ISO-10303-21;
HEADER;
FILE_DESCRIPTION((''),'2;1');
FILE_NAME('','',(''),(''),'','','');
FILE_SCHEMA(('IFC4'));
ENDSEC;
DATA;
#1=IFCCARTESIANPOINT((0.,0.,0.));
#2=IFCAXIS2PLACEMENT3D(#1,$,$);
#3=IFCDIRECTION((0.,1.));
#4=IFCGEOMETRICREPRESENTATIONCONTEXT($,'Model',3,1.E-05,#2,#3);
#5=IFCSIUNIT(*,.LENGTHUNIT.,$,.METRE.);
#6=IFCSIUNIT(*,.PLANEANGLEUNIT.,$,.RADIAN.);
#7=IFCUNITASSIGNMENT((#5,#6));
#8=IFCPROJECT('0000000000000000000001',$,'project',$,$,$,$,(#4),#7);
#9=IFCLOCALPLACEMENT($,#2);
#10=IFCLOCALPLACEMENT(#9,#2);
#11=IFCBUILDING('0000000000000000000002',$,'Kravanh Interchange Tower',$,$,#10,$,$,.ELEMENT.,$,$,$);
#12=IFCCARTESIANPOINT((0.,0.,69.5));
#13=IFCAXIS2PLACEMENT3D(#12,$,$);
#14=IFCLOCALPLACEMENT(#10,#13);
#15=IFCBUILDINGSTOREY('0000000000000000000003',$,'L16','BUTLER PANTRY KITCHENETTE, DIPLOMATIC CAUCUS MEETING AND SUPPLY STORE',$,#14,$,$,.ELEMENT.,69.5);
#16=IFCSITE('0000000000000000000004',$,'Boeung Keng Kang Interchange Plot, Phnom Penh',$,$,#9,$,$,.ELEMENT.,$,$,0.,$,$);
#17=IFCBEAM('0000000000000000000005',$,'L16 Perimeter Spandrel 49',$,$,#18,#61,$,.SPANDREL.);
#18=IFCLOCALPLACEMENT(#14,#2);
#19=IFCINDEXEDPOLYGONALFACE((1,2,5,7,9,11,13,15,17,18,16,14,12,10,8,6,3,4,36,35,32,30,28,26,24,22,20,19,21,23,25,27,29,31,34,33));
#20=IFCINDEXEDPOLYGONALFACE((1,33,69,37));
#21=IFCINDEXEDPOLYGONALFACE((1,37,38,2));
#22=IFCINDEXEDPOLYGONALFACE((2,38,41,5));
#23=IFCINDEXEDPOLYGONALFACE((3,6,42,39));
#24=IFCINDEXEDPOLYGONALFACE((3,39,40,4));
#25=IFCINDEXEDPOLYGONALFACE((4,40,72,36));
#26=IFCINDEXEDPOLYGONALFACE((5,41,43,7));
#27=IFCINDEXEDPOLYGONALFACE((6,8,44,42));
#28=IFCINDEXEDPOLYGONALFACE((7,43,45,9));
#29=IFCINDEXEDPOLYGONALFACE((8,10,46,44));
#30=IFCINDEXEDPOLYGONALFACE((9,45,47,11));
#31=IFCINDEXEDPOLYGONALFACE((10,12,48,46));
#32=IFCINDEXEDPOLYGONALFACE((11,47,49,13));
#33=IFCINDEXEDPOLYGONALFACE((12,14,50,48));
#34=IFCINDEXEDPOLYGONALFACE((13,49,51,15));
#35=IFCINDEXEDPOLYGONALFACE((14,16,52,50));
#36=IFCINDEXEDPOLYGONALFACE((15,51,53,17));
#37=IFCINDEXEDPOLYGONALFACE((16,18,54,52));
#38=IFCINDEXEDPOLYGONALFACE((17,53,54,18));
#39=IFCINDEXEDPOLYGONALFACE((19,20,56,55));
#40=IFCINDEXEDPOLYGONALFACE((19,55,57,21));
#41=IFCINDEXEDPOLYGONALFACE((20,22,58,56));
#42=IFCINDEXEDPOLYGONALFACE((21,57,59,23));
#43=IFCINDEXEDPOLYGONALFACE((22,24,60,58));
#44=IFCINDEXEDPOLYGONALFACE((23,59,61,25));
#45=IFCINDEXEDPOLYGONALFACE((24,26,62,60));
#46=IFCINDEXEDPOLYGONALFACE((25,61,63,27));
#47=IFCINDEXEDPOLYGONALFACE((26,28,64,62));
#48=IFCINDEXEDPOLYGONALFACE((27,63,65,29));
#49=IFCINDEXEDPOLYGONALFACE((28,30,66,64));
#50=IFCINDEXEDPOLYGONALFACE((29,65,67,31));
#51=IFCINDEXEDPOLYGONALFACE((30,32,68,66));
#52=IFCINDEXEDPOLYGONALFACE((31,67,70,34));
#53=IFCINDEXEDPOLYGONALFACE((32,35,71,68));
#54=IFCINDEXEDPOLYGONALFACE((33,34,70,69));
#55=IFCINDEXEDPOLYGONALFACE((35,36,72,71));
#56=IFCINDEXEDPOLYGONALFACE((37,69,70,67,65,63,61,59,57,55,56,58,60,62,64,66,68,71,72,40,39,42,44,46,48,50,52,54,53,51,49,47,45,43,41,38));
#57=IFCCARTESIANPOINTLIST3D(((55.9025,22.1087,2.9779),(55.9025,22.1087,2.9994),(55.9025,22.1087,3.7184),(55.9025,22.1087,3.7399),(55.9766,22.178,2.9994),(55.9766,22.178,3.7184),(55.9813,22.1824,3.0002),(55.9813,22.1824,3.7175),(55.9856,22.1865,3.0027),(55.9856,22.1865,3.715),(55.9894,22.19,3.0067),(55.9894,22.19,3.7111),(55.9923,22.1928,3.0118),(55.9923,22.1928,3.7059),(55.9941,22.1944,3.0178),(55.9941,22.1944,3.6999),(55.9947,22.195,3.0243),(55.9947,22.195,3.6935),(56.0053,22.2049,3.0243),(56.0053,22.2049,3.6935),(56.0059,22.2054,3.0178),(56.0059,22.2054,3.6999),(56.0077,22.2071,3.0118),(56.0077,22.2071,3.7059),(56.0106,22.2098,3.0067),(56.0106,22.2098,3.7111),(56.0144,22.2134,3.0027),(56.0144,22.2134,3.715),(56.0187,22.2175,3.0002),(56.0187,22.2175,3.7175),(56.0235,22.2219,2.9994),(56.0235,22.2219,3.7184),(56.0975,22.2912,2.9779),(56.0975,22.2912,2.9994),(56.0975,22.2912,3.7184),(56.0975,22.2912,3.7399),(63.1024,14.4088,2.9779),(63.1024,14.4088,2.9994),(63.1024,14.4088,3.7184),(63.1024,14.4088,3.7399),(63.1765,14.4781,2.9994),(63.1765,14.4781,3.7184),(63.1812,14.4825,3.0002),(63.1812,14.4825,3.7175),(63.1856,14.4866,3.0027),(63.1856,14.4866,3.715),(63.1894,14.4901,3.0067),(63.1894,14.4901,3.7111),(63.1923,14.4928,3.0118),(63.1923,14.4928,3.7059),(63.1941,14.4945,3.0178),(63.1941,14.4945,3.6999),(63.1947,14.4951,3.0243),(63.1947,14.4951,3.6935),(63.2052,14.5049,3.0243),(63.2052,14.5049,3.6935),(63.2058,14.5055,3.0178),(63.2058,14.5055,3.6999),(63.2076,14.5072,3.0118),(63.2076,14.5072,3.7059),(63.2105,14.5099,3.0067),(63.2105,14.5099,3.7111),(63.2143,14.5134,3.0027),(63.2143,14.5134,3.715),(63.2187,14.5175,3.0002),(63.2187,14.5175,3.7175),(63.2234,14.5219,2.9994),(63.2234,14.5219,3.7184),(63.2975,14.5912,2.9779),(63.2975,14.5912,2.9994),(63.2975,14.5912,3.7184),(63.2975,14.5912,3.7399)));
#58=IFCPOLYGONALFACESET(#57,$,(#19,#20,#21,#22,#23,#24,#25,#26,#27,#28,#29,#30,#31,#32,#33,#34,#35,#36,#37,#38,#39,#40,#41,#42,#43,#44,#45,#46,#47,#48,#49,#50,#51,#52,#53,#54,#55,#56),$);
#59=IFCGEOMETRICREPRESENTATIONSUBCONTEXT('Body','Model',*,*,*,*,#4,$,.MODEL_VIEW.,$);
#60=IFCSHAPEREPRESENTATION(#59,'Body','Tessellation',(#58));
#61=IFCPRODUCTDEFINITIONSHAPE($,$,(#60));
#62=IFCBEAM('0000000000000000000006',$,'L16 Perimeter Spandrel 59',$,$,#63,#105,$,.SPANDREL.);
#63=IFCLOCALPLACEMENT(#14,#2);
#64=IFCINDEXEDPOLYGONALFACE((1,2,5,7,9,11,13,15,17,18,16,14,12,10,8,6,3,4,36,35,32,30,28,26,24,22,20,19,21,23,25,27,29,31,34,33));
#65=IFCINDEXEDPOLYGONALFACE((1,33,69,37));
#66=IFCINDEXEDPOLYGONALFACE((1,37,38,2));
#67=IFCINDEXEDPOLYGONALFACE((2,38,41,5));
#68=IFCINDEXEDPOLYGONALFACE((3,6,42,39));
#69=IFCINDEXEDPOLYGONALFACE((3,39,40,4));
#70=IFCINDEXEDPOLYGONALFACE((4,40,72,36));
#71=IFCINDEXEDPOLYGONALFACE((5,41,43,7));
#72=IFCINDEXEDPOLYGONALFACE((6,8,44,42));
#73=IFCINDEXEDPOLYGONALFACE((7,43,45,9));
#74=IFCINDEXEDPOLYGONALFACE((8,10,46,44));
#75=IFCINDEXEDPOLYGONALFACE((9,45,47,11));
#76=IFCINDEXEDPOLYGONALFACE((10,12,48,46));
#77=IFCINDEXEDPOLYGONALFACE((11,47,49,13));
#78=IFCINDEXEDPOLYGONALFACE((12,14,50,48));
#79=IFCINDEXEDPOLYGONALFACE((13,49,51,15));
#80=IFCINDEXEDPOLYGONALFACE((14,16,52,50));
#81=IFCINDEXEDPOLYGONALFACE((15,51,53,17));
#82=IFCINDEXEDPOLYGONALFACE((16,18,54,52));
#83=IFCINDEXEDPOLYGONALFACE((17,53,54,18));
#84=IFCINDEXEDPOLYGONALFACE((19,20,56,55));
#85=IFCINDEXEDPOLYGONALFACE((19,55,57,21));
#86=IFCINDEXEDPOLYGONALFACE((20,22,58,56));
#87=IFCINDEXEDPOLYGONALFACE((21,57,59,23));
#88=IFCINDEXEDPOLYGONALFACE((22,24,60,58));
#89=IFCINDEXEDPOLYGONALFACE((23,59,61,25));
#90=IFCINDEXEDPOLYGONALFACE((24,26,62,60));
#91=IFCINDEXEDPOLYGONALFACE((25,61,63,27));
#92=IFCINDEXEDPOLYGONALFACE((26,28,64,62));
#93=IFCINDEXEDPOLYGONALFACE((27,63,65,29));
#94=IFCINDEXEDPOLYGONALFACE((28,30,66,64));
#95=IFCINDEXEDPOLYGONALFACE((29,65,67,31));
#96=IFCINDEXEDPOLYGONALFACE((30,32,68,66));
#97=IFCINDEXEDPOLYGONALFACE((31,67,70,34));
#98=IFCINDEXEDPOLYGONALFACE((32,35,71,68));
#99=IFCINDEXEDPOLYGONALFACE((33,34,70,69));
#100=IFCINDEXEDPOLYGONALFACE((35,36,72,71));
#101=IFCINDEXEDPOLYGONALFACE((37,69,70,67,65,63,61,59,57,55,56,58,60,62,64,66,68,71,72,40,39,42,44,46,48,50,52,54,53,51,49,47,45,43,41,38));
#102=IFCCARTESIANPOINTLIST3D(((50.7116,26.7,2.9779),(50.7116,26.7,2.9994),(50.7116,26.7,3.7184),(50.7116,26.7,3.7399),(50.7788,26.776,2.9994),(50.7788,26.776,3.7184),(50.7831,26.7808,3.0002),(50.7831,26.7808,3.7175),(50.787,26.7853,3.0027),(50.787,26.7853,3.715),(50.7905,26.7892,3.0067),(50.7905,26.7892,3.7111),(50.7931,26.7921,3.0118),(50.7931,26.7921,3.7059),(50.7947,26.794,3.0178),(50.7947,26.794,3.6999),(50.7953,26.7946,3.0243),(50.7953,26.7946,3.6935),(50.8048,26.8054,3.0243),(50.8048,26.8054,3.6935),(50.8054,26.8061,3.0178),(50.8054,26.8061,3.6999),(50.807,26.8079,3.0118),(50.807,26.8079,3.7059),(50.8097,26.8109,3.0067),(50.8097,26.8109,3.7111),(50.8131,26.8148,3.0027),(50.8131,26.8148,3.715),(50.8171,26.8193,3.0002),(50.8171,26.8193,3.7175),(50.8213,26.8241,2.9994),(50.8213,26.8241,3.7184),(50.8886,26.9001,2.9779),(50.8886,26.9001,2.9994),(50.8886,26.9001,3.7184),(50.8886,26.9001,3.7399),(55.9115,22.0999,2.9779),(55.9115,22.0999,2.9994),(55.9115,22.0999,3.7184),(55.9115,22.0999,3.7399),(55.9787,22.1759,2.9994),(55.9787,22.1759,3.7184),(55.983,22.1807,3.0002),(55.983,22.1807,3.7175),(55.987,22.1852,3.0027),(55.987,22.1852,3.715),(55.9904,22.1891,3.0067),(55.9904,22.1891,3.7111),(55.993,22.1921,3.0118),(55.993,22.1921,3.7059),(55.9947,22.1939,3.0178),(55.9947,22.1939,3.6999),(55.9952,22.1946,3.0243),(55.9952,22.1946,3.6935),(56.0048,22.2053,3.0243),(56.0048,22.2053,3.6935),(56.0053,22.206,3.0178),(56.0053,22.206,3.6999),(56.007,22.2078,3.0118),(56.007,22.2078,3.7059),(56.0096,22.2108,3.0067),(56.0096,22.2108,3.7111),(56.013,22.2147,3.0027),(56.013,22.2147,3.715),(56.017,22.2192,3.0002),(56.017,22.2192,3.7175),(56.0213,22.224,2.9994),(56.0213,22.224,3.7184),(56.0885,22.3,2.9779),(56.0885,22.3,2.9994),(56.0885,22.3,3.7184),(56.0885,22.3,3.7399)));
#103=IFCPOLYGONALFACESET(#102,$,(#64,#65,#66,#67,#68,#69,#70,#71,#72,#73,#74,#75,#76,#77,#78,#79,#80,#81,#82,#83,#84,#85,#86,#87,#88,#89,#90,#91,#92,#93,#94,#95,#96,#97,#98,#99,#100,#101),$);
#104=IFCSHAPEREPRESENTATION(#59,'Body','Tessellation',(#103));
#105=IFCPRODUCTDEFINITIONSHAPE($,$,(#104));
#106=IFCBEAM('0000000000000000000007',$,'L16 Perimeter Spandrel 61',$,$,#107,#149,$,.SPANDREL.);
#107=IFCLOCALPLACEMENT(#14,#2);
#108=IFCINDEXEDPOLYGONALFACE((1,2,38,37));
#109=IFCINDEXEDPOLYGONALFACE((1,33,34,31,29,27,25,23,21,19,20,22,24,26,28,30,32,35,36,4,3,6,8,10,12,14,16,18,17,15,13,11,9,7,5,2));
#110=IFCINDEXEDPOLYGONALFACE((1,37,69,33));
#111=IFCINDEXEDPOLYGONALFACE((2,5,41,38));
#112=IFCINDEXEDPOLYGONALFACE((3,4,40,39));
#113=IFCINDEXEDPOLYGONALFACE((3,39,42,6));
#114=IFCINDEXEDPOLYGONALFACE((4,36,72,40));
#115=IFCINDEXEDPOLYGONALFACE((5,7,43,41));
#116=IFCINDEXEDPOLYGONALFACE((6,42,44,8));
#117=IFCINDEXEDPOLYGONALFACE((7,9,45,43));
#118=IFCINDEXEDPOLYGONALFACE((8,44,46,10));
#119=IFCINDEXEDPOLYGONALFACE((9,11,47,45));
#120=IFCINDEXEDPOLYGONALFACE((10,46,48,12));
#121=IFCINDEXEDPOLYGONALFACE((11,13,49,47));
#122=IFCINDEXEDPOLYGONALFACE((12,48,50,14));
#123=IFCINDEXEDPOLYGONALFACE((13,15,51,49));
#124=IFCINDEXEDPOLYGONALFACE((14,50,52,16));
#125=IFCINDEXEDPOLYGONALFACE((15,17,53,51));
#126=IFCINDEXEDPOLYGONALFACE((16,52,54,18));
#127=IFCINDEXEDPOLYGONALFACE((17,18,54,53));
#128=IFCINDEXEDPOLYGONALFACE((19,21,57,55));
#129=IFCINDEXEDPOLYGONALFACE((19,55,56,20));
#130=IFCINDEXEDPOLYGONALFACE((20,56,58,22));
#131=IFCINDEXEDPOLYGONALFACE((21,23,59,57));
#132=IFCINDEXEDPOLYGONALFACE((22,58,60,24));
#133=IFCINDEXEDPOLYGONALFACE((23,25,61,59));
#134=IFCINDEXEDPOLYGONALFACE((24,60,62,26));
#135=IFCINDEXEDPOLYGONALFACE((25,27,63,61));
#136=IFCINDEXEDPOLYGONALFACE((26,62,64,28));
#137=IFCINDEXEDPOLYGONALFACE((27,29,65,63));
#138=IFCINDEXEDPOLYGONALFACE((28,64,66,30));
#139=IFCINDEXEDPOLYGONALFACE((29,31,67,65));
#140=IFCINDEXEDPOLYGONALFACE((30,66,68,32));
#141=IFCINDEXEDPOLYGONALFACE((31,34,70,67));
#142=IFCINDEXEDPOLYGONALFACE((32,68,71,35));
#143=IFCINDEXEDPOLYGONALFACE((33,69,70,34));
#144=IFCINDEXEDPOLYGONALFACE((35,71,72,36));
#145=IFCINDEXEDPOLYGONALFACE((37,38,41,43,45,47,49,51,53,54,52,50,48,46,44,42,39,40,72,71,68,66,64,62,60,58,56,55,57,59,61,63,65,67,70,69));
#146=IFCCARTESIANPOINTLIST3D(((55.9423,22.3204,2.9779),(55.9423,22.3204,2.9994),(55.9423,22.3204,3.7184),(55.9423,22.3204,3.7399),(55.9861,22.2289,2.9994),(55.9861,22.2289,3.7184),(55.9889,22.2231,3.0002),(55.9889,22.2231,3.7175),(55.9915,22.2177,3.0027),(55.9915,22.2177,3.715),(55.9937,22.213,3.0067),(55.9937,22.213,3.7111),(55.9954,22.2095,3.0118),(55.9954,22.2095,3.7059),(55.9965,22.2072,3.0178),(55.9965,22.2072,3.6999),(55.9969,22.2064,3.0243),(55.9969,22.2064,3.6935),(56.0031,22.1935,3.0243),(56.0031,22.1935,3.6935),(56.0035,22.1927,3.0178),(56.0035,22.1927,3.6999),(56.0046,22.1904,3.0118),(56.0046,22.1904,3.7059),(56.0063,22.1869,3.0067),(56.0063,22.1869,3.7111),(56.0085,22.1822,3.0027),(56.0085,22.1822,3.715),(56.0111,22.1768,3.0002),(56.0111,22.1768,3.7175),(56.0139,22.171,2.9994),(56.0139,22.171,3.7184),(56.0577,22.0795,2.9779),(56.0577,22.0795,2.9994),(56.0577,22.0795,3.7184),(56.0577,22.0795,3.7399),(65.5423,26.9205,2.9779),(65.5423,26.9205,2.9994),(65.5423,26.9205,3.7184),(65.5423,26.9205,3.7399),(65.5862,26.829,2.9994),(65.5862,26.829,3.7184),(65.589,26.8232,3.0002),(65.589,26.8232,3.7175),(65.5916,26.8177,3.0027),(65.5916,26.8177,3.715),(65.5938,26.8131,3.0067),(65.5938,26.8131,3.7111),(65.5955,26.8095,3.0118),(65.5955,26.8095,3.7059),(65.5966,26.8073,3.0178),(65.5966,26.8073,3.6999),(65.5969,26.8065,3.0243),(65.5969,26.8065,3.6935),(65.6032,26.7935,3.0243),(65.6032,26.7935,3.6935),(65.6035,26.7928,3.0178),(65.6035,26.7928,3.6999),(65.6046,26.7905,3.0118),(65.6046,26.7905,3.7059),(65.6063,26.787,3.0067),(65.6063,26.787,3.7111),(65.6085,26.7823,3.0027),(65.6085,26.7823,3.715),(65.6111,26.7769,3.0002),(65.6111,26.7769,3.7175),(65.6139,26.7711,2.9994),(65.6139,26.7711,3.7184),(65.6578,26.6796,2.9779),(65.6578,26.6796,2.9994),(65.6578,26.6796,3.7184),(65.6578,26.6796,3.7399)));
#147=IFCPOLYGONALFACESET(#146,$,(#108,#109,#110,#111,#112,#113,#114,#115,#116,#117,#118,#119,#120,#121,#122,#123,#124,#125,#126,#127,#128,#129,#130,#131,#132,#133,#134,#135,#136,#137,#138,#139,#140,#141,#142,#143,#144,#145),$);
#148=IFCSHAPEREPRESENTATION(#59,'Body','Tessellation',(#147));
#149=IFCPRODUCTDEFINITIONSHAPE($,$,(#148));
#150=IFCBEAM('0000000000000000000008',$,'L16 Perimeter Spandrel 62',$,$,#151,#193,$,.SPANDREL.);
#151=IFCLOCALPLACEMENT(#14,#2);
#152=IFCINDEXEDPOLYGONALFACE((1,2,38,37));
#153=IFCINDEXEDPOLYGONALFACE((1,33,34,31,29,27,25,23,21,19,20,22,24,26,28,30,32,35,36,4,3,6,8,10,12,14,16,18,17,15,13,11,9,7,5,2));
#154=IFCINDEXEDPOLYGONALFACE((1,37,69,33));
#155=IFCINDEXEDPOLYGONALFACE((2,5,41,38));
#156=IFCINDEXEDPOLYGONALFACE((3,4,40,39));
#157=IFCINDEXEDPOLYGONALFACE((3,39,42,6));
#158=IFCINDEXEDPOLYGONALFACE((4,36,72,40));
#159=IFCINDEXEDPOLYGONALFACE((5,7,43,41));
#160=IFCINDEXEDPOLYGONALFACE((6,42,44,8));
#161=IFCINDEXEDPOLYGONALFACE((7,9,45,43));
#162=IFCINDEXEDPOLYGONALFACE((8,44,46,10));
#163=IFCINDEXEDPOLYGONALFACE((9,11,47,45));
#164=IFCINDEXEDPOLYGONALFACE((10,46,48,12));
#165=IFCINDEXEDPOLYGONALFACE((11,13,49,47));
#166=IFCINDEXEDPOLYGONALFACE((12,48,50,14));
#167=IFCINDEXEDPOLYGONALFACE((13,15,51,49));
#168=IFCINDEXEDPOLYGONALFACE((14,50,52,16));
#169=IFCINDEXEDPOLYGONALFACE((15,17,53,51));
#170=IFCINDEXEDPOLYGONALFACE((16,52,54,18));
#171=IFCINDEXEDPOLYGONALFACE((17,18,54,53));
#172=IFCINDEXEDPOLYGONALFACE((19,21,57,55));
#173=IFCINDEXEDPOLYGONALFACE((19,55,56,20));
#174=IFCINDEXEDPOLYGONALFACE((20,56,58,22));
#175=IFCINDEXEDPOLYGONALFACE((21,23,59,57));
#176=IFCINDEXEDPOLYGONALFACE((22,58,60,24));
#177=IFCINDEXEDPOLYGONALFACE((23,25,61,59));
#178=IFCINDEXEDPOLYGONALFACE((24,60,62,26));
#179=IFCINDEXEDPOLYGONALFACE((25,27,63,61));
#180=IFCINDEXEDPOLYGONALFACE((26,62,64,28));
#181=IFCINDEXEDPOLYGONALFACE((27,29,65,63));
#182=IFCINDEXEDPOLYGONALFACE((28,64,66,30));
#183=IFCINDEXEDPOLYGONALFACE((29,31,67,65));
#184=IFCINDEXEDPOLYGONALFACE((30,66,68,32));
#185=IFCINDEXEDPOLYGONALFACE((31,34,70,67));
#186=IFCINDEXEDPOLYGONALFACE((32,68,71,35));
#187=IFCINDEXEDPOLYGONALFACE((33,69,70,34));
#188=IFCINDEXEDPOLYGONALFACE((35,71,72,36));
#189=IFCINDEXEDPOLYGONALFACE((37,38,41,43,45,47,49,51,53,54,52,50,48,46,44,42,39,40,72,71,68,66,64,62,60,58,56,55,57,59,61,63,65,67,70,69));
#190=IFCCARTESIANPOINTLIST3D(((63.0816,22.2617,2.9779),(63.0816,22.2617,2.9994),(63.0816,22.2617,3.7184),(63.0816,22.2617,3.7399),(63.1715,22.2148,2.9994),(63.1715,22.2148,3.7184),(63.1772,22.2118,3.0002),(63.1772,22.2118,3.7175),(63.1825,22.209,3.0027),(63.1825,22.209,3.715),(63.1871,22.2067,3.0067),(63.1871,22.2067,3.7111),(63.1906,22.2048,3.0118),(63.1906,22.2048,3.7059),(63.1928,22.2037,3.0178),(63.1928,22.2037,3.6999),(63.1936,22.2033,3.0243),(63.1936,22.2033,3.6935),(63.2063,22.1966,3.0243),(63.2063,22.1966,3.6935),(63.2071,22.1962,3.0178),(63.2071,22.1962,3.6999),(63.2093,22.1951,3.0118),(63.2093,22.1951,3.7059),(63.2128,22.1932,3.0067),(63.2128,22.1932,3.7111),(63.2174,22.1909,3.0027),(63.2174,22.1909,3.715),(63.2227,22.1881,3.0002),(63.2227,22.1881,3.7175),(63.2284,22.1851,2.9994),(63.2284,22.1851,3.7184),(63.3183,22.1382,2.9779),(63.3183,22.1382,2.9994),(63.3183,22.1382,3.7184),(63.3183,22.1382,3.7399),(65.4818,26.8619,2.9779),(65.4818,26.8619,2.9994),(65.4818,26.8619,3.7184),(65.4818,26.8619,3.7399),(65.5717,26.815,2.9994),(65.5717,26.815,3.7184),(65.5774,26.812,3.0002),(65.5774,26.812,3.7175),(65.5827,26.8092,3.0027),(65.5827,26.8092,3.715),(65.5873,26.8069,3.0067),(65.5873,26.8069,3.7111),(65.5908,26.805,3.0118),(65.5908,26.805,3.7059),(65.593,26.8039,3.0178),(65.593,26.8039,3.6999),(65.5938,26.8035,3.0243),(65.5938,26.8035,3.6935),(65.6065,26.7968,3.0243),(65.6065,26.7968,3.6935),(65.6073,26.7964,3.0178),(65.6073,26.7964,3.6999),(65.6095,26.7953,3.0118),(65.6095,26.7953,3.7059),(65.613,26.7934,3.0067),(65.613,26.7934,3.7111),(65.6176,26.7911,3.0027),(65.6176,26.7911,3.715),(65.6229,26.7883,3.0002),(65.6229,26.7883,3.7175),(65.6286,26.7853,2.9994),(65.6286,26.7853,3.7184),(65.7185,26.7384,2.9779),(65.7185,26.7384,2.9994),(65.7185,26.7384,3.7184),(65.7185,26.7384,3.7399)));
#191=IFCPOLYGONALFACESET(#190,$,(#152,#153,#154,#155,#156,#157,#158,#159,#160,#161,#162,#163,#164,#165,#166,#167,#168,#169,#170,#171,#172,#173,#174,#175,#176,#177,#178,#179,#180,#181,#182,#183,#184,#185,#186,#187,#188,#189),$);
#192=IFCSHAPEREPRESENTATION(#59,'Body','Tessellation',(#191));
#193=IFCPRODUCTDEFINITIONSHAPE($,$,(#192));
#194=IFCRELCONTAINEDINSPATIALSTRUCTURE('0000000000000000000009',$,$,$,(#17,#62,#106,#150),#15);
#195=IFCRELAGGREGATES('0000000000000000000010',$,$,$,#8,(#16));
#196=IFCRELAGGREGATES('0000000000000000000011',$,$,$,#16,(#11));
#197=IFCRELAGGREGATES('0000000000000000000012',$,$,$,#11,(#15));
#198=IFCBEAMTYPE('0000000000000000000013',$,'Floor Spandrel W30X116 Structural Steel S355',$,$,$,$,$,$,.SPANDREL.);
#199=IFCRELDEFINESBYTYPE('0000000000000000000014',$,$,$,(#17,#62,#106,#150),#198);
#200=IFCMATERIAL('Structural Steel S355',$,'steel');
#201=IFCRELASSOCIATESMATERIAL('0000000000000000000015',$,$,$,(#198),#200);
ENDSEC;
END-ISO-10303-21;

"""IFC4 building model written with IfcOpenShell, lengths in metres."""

from ifc_helpers import new_model, si_unit, direction, frame, origin, origin_2d, place, context, subcontext, project, spatial, i_section, extrude, material, material_profile, profile_set, type_object, element, save


model = new_model("IFC4")

# Units and contexts
model_context = context("Model", 3, precision=1e-05, world=origin(), true_north=direction((0.0, 1.0)))
body_context = subcontext(model_context, "Body", "Model", "MODEL_VIEW")
ifc_project = project(units=[si_unit("LENGTHUNIT", "METRE"), si_unit("PLANEANGLEUNIT", "RADIAN")], contexts=[model_context])

# Site, building, storey
site_placement = place(None, origin())
site = spatial("IfcSite", under=ifc_project, at=site_placement, Name="Boeung Keng Kang Interchange Plot, Phnom Penh", CompositionType="ELEMENT", RefElevation=0.0)
building_placement = place(site_placement, origin())
building = spatial("IfcBuilding", under=site, at=building_placement, Name="Kravanh Interchange Tower", CompositionType="ELEMENT")
storey_placement = place(building_placement, frame((0.0, 0.0, 69.5)))
storey = spatial("IfcBuildingStorey", under=building, at=storey_placement, Name="L16", Description="BUTLER PANTRY KITCHENETTE, DIPLOMATIC CAUCUS MEETING AND SUPPLY STORE", CompositionType="ELEMENT", Elevation=69.5)

# Beams
ifc_material_1 = material(Name="Structural Steel S355", Category="steel")
ifc_material_profile_1 = material_profile(ifc_material_1, i_section(OverallWidth=0.2671, OverallDepth=0.762, WebThickness=0.0144, FlangeThickness=0.0215, FilletRadius=0.0249, at=origin_2d()), Name="W30X116")
ifc_profile_set_1 = profile_set([ifc_material_profile_1], Name="Structural Steel S355")
beam_type_1 = type_object("IfcBeamType", Name="Floor Spandrel W30X116 Structural Steel S355", PredefinedType="SPANDREL", material=ifc_profile_set_1)
beam_1_placement = place(storey_placement, frame((63.2, 14.5, 3.3589), z_axis=(-0.682994, 0.730424, 0.0), x_axis=(-0.730424, -0.682994, 0.0)))
element("IfcBeam", 1, at=beam_1_placement, inside=storey, type_object=beam_type_1, Name="L16 Perimeter Spandrel 49", PredefinedType="SPANDREL", context=body_context, shape_type="SweptSolid", body=[
    extrude(i_section(OverallWidth=0.2671, OverallDepth=0.762, WebThickness=0.0144, FlangeThickness=0.0215, FilletRadius=0.0249, at=origin_2d()), origin(), (0.0, 0.0, 1.0), 10.5417),
])
beam_2_placement = place(storey_placement, frame((56.0, 22.2, 3.3589), z_axis=(-0.748986, 0.662585, 0.0), x_axis=(-0.662585, -0.748986, 0.0)))
element("IfcBeam", 2, at=beam_2_placement, inside=storey, type_object=beam_type_1, Name="L16 Perimeter Spandrel 59", PredefinedType="SPANDREL", context=body_context, shape_type="SweptSolid", body=[
    extrude(i_section(OverallWidth=0.2671, OverallDepth=0.762, WebThickness=0.0144, FlangeThickness=0.0215, FilletRadius=0.0249, at=origin_2d()), origin(), (0.0, 0.0, 1.0), 6.9426),
])
beam_3_placement = place(storey_placement, frame((56.0, 22.2, 3.3589), z_axis=(0.901814, 0.432124, 0.0), x_axis=(-0.432124, 0.901814, 0.0)))
element("IfcBeam", 3, at=beam_3_placement, inside=storey, type_object=beam_type_1, Name="L16 Perimeter Spandrel 61", PredefinedType="SPANDREL", context=body_context, shape_type="SweptSolid", body=[
    extrude(i_section(OverallWidth=0.2671, OverallDepth=0.762, WebThickness=0.0144, FlangeThickness=0.0215, FilletRadius=0.0249, at=origin_2d()), origin(), (0.0, 0.0, 1.0), 10.6453),
])
beam_4_placement = place(storey_placement, frame((63.2, 22.2, 3.3589), z_axis=(0.46258, 0.886577, 0.0), x_axis=(-0.886577, 0.46258, 0.0)))
element("IfcBeam", 4, at=beam_4_placement, inside=storey, type_object=beam_type_1, Name="L16 Perimeter Spandrel 62", PredefinedType="SPANDREL", context=body_context, shape_type="SweptSolid", body=[
    extrude(i_section(OverallWidth=0.2671, OverallDepth=0.762, WebThickness=0.0144, FlangeThickness=0.0215, FilletRadius=0.0249, at=origin_2d()), origin(), (0.0, 0.0, 1.0), 5.1887),
])

save(model, "model.ifc")
